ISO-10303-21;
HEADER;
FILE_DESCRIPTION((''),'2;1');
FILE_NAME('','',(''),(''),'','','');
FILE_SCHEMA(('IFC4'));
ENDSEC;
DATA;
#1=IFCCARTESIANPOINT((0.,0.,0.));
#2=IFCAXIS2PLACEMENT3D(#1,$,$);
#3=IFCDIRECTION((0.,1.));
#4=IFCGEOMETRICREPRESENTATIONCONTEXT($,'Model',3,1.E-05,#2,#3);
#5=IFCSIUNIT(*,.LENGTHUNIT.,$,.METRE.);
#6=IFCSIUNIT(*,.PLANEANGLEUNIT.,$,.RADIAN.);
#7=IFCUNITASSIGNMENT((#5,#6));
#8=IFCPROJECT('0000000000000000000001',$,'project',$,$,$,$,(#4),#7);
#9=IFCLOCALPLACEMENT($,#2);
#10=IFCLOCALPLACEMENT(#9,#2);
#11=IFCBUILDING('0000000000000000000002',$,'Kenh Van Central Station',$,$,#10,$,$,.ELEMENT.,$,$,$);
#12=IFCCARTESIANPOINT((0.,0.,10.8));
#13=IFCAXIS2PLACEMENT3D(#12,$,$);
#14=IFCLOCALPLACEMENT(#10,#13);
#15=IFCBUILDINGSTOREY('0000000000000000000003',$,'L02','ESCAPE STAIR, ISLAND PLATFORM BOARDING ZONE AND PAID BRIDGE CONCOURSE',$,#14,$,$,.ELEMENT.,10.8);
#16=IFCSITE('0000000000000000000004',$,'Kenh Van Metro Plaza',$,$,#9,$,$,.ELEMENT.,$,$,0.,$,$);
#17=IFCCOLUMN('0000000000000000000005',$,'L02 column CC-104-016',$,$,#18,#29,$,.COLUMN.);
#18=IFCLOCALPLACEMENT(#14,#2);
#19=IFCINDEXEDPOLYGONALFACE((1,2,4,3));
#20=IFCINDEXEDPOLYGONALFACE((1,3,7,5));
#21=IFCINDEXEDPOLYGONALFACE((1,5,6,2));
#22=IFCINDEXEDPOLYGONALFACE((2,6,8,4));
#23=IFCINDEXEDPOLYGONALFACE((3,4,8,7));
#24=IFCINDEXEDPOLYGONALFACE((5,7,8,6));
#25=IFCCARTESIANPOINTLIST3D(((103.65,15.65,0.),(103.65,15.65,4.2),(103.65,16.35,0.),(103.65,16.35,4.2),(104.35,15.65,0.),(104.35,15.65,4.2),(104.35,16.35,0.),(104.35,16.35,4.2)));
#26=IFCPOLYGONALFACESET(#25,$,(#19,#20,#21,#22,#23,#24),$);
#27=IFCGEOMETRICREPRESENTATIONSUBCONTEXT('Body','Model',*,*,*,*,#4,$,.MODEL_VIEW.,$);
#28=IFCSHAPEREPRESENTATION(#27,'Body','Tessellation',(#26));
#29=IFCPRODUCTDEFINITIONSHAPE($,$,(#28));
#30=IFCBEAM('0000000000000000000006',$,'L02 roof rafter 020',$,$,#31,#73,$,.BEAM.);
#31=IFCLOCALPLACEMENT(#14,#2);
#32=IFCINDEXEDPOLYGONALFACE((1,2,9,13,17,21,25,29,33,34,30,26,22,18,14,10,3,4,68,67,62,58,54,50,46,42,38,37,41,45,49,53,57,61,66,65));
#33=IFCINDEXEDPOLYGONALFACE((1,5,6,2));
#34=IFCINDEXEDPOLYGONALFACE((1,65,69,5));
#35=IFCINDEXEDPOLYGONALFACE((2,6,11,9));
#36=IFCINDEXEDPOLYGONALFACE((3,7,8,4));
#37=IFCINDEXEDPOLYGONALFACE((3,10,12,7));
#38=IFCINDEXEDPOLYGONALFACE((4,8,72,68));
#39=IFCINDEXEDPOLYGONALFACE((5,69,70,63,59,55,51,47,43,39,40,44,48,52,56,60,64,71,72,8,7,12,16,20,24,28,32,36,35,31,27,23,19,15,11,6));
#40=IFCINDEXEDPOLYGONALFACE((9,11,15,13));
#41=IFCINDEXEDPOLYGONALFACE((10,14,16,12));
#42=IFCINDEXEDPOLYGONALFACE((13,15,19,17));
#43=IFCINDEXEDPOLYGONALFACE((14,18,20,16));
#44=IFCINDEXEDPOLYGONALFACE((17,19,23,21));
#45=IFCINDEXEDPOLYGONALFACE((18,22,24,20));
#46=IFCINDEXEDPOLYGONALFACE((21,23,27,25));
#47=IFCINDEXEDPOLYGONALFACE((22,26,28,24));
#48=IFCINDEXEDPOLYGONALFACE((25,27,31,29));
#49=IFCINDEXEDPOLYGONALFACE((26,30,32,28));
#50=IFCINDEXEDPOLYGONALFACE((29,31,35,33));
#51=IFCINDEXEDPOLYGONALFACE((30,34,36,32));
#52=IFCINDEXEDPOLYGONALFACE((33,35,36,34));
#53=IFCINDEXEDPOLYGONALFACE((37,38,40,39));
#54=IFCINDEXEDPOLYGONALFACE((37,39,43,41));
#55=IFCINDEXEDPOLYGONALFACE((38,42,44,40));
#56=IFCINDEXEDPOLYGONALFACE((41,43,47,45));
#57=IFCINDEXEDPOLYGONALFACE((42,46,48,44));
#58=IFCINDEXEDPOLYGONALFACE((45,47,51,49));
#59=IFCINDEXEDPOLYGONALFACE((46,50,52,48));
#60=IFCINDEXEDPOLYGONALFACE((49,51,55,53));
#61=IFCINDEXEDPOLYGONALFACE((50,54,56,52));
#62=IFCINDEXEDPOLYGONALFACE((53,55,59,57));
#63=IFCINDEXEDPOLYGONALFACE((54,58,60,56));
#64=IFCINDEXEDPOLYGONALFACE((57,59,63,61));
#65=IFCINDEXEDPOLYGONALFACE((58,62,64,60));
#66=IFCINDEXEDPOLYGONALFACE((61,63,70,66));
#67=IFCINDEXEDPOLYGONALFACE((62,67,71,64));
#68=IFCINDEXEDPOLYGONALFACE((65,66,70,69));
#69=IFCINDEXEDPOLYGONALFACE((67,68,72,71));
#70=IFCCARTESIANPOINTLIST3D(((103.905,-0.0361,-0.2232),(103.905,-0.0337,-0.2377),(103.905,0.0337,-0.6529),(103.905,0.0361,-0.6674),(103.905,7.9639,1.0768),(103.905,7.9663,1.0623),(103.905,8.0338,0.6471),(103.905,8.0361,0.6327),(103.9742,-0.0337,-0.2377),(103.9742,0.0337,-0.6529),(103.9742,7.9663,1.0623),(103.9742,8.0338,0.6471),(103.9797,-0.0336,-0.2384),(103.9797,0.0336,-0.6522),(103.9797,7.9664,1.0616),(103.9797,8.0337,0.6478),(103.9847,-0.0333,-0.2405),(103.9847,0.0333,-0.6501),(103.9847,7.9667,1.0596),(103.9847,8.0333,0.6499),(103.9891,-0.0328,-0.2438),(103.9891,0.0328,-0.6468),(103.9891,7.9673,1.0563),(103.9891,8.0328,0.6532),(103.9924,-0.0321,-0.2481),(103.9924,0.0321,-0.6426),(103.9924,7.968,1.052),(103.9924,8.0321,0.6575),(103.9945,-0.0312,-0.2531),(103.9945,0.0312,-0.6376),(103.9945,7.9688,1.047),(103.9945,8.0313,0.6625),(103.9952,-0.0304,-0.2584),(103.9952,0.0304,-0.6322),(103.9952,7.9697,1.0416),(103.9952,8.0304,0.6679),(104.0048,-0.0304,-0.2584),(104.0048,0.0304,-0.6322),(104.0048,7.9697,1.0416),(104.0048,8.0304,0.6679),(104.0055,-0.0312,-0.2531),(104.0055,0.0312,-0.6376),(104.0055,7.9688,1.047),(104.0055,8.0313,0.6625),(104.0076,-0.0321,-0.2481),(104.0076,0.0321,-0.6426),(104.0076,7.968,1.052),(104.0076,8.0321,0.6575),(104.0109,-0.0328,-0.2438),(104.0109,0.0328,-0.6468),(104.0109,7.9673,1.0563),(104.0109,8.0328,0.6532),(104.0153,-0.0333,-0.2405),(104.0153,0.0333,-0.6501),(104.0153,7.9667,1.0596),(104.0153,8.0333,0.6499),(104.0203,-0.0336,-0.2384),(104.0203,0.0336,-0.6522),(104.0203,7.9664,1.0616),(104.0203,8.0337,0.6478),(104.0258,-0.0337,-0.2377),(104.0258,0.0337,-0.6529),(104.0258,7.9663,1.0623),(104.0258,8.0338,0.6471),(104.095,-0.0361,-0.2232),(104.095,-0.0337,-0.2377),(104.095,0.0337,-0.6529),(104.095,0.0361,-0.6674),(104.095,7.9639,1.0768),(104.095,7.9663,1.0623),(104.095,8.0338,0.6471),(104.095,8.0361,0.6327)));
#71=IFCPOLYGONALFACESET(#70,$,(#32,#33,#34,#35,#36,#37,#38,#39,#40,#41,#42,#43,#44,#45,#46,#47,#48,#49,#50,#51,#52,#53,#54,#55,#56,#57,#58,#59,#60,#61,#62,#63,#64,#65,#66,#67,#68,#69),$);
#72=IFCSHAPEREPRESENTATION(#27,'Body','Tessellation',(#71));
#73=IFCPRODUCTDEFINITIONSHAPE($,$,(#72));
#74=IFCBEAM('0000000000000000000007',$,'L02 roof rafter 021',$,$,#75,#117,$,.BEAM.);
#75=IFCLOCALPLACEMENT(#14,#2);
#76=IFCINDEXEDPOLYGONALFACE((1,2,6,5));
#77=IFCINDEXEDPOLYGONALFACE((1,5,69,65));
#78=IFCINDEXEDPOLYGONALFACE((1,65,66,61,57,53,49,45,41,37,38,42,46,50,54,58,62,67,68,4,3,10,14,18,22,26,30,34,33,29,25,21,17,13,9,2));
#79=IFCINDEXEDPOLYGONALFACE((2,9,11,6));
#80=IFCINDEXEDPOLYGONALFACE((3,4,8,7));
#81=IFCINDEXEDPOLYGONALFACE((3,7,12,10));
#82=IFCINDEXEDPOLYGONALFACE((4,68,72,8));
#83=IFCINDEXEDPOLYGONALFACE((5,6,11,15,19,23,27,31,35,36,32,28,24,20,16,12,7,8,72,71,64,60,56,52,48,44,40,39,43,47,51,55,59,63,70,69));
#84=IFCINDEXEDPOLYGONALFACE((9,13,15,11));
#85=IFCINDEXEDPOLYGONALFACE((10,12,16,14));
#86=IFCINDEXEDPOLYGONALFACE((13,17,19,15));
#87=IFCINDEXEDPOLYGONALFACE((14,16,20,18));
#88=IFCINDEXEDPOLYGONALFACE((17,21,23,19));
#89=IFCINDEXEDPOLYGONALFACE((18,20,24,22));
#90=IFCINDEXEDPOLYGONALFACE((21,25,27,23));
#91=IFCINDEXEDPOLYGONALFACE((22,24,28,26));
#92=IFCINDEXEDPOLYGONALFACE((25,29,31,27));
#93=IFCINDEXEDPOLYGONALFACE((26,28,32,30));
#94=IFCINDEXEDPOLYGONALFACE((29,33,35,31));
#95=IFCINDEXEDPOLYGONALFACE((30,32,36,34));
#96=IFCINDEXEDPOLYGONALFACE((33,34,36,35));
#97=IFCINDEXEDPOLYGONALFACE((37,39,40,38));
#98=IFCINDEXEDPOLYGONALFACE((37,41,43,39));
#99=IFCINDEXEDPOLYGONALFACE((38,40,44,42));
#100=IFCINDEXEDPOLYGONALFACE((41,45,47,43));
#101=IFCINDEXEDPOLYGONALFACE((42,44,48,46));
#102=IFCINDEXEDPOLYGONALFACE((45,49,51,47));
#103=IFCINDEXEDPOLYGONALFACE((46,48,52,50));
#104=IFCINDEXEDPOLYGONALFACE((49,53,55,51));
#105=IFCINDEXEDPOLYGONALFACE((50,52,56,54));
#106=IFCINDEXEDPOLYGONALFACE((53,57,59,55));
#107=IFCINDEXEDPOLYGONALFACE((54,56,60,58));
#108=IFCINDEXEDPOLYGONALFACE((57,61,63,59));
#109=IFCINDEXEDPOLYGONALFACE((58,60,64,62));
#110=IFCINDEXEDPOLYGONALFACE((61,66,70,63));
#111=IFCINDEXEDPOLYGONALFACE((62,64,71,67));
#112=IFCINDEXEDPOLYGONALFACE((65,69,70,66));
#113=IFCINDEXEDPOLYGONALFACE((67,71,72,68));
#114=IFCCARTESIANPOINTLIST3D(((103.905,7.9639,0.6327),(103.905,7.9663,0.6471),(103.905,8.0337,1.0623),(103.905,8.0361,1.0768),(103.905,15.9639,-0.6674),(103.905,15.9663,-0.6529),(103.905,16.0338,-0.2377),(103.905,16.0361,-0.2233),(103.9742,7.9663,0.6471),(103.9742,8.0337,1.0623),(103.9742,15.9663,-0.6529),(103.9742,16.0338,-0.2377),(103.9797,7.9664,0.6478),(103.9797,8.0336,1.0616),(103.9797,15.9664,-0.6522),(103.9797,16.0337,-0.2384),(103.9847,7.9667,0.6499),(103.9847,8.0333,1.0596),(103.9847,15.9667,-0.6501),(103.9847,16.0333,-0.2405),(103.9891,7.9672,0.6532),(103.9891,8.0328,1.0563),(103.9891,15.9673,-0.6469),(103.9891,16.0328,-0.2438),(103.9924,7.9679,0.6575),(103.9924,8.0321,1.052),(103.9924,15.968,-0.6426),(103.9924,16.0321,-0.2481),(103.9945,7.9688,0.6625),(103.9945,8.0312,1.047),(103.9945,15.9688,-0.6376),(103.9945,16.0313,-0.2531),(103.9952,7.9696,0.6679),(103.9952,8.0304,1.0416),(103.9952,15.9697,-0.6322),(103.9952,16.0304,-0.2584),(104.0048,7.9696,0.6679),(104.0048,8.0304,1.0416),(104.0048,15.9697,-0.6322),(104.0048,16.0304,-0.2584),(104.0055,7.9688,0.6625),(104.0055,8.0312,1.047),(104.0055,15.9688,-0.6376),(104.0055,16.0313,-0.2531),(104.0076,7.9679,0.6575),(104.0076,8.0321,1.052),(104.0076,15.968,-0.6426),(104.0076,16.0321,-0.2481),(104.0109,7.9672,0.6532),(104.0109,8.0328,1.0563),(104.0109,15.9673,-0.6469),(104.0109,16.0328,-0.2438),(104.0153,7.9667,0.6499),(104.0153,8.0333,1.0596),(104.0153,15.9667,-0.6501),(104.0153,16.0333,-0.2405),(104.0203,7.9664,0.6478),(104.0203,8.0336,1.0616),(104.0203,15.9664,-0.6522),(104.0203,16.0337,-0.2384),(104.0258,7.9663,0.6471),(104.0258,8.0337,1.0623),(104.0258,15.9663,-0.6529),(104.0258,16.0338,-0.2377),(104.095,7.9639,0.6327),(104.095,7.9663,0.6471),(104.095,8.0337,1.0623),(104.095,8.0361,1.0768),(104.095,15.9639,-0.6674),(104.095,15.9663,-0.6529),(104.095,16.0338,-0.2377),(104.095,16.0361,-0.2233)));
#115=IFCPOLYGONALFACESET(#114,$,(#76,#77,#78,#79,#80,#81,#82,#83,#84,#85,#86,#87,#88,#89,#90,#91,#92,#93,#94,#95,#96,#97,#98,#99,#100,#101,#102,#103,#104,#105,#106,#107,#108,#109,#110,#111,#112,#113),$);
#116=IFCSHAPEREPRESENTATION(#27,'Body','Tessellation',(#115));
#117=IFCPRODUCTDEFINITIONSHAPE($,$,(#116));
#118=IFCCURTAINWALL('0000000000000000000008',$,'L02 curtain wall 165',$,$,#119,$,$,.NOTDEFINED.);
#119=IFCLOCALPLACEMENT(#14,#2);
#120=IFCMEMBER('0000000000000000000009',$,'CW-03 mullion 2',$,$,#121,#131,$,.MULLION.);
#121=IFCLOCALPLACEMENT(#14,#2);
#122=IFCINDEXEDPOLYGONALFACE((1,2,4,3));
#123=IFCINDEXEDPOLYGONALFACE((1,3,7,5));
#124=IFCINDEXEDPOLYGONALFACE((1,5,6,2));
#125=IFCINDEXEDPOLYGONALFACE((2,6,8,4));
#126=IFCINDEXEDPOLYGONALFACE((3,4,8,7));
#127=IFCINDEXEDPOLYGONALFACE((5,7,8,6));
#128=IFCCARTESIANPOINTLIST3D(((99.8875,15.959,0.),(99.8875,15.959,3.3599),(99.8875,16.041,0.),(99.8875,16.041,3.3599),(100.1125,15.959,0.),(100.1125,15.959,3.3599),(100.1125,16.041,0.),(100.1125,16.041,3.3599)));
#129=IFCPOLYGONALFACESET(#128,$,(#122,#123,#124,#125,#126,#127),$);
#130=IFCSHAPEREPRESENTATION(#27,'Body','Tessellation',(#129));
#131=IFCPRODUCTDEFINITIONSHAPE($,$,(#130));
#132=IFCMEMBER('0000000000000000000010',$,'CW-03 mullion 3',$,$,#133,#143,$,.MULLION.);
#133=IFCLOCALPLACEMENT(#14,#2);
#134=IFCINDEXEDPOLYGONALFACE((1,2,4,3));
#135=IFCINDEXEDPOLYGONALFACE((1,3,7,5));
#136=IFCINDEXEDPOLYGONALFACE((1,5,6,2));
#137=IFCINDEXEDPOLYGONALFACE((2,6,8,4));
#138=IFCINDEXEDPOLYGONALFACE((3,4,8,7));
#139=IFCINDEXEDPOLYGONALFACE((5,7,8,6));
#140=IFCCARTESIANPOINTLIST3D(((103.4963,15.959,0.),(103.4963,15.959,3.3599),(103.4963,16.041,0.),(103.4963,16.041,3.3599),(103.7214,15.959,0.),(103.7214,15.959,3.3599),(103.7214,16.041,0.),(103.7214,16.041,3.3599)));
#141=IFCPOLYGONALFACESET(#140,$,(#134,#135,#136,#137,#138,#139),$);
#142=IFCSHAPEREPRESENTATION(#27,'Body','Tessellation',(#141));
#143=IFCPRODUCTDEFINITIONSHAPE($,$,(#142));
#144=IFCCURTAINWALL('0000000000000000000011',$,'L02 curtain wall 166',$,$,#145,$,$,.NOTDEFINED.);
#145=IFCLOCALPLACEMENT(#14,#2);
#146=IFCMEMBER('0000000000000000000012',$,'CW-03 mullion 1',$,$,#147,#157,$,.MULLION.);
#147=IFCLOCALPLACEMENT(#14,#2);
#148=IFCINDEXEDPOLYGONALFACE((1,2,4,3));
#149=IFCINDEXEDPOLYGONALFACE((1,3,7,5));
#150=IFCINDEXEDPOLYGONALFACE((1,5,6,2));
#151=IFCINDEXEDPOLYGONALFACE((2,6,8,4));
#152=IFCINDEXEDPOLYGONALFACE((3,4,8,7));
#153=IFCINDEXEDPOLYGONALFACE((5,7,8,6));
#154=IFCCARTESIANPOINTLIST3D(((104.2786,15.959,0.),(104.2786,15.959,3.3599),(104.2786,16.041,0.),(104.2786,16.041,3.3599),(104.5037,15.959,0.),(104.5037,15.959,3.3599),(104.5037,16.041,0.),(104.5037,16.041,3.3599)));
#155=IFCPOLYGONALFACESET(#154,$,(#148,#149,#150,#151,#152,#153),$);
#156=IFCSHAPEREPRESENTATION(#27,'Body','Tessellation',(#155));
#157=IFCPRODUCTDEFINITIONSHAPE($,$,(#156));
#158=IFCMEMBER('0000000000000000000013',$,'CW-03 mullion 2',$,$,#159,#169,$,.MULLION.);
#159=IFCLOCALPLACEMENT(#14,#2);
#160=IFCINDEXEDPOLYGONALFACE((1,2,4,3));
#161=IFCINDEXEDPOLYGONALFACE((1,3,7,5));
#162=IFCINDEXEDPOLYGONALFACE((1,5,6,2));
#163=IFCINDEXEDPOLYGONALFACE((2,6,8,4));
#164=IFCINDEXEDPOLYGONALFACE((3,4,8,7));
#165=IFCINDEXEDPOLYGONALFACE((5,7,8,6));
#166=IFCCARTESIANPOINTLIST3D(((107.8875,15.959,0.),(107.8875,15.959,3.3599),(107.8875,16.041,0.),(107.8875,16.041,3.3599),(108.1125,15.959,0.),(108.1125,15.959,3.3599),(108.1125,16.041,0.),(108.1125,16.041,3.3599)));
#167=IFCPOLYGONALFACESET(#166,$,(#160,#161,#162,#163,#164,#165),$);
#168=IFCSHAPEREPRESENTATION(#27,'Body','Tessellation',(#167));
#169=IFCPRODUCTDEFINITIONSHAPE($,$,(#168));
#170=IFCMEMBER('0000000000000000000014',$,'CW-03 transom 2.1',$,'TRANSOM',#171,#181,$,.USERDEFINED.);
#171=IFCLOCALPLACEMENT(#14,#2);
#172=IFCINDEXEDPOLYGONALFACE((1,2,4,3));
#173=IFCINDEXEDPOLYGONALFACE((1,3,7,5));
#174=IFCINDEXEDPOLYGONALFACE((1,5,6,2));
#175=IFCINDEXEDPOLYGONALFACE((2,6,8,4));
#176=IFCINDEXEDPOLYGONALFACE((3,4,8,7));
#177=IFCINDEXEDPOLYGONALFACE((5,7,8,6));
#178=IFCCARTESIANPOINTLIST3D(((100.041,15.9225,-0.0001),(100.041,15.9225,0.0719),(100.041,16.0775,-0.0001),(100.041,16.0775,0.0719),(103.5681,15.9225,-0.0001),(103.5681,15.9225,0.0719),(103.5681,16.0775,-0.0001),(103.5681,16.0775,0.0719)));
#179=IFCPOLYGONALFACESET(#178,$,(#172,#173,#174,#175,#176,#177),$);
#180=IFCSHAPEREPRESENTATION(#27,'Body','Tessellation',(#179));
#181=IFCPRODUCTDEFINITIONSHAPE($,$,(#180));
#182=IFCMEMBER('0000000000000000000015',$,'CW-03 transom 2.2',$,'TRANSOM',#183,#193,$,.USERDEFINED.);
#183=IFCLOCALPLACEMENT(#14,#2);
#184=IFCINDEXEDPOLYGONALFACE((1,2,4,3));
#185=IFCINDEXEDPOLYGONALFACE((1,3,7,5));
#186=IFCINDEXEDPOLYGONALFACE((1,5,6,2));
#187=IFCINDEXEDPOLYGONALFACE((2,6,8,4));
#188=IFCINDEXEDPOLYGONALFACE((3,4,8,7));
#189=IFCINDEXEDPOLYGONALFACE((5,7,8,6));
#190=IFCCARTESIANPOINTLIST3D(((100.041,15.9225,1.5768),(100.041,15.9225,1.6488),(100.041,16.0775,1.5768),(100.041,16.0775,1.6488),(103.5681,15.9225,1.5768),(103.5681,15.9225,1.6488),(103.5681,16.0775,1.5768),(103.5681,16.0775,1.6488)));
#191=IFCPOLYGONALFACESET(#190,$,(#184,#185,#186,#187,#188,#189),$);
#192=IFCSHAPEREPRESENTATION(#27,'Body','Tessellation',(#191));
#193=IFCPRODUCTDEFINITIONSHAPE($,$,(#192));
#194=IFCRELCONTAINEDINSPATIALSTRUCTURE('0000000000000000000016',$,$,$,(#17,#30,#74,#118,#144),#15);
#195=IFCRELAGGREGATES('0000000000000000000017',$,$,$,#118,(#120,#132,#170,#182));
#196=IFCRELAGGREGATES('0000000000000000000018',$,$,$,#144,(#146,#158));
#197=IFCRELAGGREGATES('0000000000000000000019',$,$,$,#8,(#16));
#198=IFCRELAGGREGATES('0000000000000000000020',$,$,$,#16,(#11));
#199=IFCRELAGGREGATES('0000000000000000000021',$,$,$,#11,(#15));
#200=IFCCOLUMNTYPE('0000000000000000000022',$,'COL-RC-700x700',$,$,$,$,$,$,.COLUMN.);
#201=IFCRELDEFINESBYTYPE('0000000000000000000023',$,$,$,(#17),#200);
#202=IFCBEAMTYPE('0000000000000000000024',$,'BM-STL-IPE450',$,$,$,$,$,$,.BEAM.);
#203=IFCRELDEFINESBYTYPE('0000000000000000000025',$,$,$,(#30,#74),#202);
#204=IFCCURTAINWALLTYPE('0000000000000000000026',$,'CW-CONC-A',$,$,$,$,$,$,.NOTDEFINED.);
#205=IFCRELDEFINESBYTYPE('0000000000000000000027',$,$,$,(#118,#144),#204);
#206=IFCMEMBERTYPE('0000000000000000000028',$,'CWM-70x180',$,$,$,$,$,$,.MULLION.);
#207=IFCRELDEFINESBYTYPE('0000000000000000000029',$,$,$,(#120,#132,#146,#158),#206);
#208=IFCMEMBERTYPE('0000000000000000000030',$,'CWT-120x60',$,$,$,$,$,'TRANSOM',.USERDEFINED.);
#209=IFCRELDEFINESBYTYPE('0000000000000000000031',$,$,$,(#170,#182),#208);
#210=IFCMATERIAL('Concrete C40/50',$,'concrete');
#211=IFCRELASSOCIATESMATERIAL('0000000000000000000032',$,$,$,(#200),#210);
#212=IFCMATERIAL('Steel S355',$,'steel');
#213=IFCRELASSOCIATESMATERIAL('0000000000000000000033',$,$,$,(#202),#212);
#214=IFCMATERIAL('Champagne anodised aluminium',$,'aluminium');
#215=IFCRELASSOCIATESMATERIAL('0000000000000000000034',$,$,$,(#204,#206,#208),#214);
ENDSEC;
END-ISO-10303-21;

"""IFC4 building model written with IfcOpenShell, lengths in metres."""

from ifc_helpers import new_model, si_unit, direction, frame, origin, origin_2d, place, context, subcontext, project, spatial, rectangle, i_section, extrude, material, material_profile, profile_set, type_object, element, aggregate, save


model = new_model("IFC4")

# Units and contexts
model_context = context("Model", 3, precision=1e-05, world=origin(), true_north=direction((0.0, 1.0)))
body_context = subcontext(model_context, "Body", "Model", "MODEL_VIEW")
ifc_project = project(units=[si_unit("LENGTHUNIT", "METRE"), si_unit("PLANEANGLEUNIT", "RADIAN")], contexts=[model_context])

# Site, building, storey
site_placement = place(None, origin())
site = spatial("IfcSite", under=ifc_project, at=site_placement, Name="Kenh Van Metro Plaza", CompositionType="ELEMENT", RefElevation=0.0)
building_placement = place(site_placement, origin())
building = spatial("IfcBuilding", under=site, at=building_placement, Name="Kenh Van Central Station", CompositionType="ELEMENT")
storey_placement = place(building_placement, frame((0.0, 0.0, 10.8)))
storey = spatial("IfcBuildingStorey", under=building, at=storey_placement, Name="L02", Description="ESCAPE STAIR, ISLAND PLATFORM BOARDING ZONE AND PAID BRIDGE CONCOURSE", CompositionType="ELEMENT", Elevation=10.8)

# Column
ifc_material_1 = material(Name="Concrete C40/50", Category="concrete")
ifc_material_profile_1 = material_profile(ifc_material_1, rectangle(XDim=0.7, YDim=0.7, at=origin_2d()), Name="RC 700x700")
ifc_profile_set_1 = profile_set([ifc_material_profile_1], Name="Concrete C40/50")
column_type = type_object("IfcColumnType", Name="COL-RC-700x700", PredefinedType="COLUMN", material=ifc_profile_set_1)
column_placement = place(storey_placement, frame((104.0, 16.0, 0.0), z_axis=(0.0, 0.0, 1.0), x_axis=(1.0, 0.0, 0.0)))
element("IfcColumn", 1, at=column_placement, inside=storey, type_object=column_type, Name="L02 column CC-104-016", PredefinedType="COLUMN", context=body_context, shape_type="SweptSolid", body=[
    extrude(rectangle(XDim=0.7, YDim=0.7, at=origin_2d()), origin(), (0.0, 0.0, 1.0), 4.2),
])

# Beams
ifc_material_2 = material(Name="Steel S355", Category="steel")
ifc_material_profile_2 = material_profile(ifc_material_2, i_section(OverallWidth=0.1899, OverallDepth=0.45, WebThickness=0.0095, FlangeThickness=0.0146, FilletRadius=0.021, at=origin_2d()), Name="IPE 450")
ifc_profile_set_2 = profile_set([ifc_material_profile_2], Name="Steel S355")
beam_type_1 = type_object("IfcBeamType", Name="BM-STL-IPE450", PredefinedType="BEAM", material=ifc_profile_set_2)
for number, where, z_axis, x_axis, name in (
    (2, (104.0, 0.0, -0.4453), (0.0, 0.987052, 0.160402), (-1.0, 0.0, 0.0), "L02 roof rafter 020"),
    (3, (104.0, 8.0, 0.8547), (0.0, 0.987052, -0.160402), (-1.0, 0.0, 0.0), "L02 roof rafter 021"),
):
    element("IfcBeam", number, at=place(storey_placement, frame(where, z_axis=z_axis, x_axis=x_axis)), inside=storey, type_object=beam_type_1, Name=name, PredefinedType="BEAM", context=body_context, shape_type="SweptSolid", body=[
        extrude(i_section(OverallWidth=0.1899, OverallDepth=0.45, WebThickness=0.0095, FlangeThickness=0.0146, FilletRadius=0.021, at=origin_2d()), origin(), (0.0, 0.0, 1.0), 8.105),
    ])

# Curtain walls, members
ifc_material_3 = material(Name="Champagne anodised aluminium", Category="aluminium")
curtain_wall_type = type_object("IfcCurtainWallType", Name="CW-CONC-A", PredefinedType="NOTDEFINED", material=ifc_material_3)
curtain_wall_1_placement = place(storey_placement, origin())
curtain_wall_1 = element("IfcCurtainWall", 4, at=curtain_wall_1_placement, inside=storey, type_object=curtain_wall_type, Name="L02 curtain wall 165", PredefinedType="NOTDEFINED")
ifc_material_profile_3 = material_profile(ifc_material_3, rectangle(XDim=0.082, YDim=0.2251, at=origin_2d()), Name="AL 82x225")
ifc_profile_set_3 = profile_set([ifc_material_profile_3], Name="Champagne anodised aluminium")
member_type_1 = type_object("IfcMemberType", Name="CWM-70x180", PredefinedType="MULLION", material=ifc_profile_set_3)
member_1_placement = place(storey_placement, frame((100.0, 16.0, 0.0), z_axis=(0.0, 0.0, 1.0), x_axis=(0.0, 1.0, 0.0)))
member_1 = element("IfcMember", 5, at=member_1_placement, type_object=member_type_1, Name="CW-03 mullion 2", PredefinedType="MULLION", context=body_context, shape_type="SweptSolid", body=[
    extrude(rectangle(XDim=0.082, YDim=0.2251, at=origin_2d()), origin(), (0.0, 0.0, 1.0), 3.3599),
])
member_2_placement = place(storey_placement, frame((103.6089, 16.0, 0.0), z_axis=(0.0, 0.0, 1.0), x_axis=(0.0, 1.0, 0.0)))
member_2 = element("IfcMember", 6, at=member_2_placement, type_object=member_type_1, Name="CW-03 mullion 3", PredefinedType="MULLION", context=body_context, shape_type="SweptSolid", body=[
    extrude(rectangle(XDim=0.082, YDim=0.2251, at=origin_2d()), origin(), (0.0, 0.0, 1.0), 3.3599),
])
curtain_wall_2_placement = place(storey_placement, origin())
curtain_wall_2 = element("IfcCurtainWall", 7, at=curtain_wall_2_placement, inside=storey, type_object=curtain_wall_type, Name="L02 curtain wall 166", PredefinedType="NOTDEFINED")
member_3_placement = place(storey_placement, frame((104.3911, 16.0, 0.0), z_axis=(0.0, 0.0, 1.0), x_axis=(0.0, 1.0, 0.0)))
member_3 = element("IfcMember", 8, at=member_3_placement, type_object=member_type_1, Name="CW-03 mullion 1", PredefinedType="MULLION", context=body_context, shape_type="SweptSolid", body=[
    extrude(rectangle(XDim=0.082, YDim=0.2251, at=origin_2d()), origin(), (0.0, 0.0, 1.0), 3.3599),
])
member_4_placement = place(storey_placement, frame((108.0, 16.0, 0.0), z_axis=(0.0, 0.0, 1.0), x_axis=(0.0, 1.0, 0.0)))
member_4 = element("IfcMember", 9, at=member_4_placement, type_object=member_type_1, Name="CW-03 mullion 2", PredefinedType="MULLION", context=body_context, shape_type="SweptSolid", body=[
    extrude(rectangle(XDim=0.082, YDim=0.2251, at=origin_2d()), origin(), (0.0, 0.0, 1.0), 3.3599),
])

# Members
ifc_material_profile_4 = material_profile(ifc_material_3, rectangle(XDim=0.155, YDim=0.072, at=origin_2d()), Name="AL 155x72")
ifc_profile_set_4 = profile_set([ifc_material_profile_4], Name="Champagne anodised aluminium")
member_type_2 = type_object("IfcMemberType", Name="CWT-120x60", ElementType="TRANSOM", PredefinedType="USERDEFINED", material=ifc_profile_set_4)
member_5_placement = place(storey_placement, frame((100.041, 16.0, 0.0359), z_axis=(1.0, 0.0, 0.0), x_axis=(0.0, 1.0, 0.0)))
member_5 = element("IfcMember", 10, at=member_5_placement, type_object=member_type_2, Name="CW-03 transom 2.1", ObjectType="TRANSOM", PredefinedType="USERDEFINED", context=body_context, shape_type="SweptSolid", body=[
    extrude(rectangle(XDim=0.155, YDim=0.072, at=origin_2d()), origin(), (0.0, 0.0, 1.0), 3.5271),
])
member_6_placement = place(storey_placement, frame((100.041, 16.0, 1.6128), z_axis=(1.0, 0.0, 0.0), x_axis=(0.0, 1.0, 0.0)))
member_6 = element("IfcMember", 11, at=member_6_placement, type_object=member_type_2, Name="CW-03 transom 2.2", ObjectType="TRANSOM", PredefinedType="USERDEFINED", context=body_context, shape_type="SweptSolid", body=[
    extrude(rectangle(XDim=0.155, YDim=0.072, at=origin_2d()), origin(), (0.0, 0.0, 1.0), 3.5271),
])

aggregate(curtain_wall_1, [member_1, member_2, member_5, member_6])
aggregate(curtain_wall_2, [member_3, member_4])

save(model, "model.ifc")
